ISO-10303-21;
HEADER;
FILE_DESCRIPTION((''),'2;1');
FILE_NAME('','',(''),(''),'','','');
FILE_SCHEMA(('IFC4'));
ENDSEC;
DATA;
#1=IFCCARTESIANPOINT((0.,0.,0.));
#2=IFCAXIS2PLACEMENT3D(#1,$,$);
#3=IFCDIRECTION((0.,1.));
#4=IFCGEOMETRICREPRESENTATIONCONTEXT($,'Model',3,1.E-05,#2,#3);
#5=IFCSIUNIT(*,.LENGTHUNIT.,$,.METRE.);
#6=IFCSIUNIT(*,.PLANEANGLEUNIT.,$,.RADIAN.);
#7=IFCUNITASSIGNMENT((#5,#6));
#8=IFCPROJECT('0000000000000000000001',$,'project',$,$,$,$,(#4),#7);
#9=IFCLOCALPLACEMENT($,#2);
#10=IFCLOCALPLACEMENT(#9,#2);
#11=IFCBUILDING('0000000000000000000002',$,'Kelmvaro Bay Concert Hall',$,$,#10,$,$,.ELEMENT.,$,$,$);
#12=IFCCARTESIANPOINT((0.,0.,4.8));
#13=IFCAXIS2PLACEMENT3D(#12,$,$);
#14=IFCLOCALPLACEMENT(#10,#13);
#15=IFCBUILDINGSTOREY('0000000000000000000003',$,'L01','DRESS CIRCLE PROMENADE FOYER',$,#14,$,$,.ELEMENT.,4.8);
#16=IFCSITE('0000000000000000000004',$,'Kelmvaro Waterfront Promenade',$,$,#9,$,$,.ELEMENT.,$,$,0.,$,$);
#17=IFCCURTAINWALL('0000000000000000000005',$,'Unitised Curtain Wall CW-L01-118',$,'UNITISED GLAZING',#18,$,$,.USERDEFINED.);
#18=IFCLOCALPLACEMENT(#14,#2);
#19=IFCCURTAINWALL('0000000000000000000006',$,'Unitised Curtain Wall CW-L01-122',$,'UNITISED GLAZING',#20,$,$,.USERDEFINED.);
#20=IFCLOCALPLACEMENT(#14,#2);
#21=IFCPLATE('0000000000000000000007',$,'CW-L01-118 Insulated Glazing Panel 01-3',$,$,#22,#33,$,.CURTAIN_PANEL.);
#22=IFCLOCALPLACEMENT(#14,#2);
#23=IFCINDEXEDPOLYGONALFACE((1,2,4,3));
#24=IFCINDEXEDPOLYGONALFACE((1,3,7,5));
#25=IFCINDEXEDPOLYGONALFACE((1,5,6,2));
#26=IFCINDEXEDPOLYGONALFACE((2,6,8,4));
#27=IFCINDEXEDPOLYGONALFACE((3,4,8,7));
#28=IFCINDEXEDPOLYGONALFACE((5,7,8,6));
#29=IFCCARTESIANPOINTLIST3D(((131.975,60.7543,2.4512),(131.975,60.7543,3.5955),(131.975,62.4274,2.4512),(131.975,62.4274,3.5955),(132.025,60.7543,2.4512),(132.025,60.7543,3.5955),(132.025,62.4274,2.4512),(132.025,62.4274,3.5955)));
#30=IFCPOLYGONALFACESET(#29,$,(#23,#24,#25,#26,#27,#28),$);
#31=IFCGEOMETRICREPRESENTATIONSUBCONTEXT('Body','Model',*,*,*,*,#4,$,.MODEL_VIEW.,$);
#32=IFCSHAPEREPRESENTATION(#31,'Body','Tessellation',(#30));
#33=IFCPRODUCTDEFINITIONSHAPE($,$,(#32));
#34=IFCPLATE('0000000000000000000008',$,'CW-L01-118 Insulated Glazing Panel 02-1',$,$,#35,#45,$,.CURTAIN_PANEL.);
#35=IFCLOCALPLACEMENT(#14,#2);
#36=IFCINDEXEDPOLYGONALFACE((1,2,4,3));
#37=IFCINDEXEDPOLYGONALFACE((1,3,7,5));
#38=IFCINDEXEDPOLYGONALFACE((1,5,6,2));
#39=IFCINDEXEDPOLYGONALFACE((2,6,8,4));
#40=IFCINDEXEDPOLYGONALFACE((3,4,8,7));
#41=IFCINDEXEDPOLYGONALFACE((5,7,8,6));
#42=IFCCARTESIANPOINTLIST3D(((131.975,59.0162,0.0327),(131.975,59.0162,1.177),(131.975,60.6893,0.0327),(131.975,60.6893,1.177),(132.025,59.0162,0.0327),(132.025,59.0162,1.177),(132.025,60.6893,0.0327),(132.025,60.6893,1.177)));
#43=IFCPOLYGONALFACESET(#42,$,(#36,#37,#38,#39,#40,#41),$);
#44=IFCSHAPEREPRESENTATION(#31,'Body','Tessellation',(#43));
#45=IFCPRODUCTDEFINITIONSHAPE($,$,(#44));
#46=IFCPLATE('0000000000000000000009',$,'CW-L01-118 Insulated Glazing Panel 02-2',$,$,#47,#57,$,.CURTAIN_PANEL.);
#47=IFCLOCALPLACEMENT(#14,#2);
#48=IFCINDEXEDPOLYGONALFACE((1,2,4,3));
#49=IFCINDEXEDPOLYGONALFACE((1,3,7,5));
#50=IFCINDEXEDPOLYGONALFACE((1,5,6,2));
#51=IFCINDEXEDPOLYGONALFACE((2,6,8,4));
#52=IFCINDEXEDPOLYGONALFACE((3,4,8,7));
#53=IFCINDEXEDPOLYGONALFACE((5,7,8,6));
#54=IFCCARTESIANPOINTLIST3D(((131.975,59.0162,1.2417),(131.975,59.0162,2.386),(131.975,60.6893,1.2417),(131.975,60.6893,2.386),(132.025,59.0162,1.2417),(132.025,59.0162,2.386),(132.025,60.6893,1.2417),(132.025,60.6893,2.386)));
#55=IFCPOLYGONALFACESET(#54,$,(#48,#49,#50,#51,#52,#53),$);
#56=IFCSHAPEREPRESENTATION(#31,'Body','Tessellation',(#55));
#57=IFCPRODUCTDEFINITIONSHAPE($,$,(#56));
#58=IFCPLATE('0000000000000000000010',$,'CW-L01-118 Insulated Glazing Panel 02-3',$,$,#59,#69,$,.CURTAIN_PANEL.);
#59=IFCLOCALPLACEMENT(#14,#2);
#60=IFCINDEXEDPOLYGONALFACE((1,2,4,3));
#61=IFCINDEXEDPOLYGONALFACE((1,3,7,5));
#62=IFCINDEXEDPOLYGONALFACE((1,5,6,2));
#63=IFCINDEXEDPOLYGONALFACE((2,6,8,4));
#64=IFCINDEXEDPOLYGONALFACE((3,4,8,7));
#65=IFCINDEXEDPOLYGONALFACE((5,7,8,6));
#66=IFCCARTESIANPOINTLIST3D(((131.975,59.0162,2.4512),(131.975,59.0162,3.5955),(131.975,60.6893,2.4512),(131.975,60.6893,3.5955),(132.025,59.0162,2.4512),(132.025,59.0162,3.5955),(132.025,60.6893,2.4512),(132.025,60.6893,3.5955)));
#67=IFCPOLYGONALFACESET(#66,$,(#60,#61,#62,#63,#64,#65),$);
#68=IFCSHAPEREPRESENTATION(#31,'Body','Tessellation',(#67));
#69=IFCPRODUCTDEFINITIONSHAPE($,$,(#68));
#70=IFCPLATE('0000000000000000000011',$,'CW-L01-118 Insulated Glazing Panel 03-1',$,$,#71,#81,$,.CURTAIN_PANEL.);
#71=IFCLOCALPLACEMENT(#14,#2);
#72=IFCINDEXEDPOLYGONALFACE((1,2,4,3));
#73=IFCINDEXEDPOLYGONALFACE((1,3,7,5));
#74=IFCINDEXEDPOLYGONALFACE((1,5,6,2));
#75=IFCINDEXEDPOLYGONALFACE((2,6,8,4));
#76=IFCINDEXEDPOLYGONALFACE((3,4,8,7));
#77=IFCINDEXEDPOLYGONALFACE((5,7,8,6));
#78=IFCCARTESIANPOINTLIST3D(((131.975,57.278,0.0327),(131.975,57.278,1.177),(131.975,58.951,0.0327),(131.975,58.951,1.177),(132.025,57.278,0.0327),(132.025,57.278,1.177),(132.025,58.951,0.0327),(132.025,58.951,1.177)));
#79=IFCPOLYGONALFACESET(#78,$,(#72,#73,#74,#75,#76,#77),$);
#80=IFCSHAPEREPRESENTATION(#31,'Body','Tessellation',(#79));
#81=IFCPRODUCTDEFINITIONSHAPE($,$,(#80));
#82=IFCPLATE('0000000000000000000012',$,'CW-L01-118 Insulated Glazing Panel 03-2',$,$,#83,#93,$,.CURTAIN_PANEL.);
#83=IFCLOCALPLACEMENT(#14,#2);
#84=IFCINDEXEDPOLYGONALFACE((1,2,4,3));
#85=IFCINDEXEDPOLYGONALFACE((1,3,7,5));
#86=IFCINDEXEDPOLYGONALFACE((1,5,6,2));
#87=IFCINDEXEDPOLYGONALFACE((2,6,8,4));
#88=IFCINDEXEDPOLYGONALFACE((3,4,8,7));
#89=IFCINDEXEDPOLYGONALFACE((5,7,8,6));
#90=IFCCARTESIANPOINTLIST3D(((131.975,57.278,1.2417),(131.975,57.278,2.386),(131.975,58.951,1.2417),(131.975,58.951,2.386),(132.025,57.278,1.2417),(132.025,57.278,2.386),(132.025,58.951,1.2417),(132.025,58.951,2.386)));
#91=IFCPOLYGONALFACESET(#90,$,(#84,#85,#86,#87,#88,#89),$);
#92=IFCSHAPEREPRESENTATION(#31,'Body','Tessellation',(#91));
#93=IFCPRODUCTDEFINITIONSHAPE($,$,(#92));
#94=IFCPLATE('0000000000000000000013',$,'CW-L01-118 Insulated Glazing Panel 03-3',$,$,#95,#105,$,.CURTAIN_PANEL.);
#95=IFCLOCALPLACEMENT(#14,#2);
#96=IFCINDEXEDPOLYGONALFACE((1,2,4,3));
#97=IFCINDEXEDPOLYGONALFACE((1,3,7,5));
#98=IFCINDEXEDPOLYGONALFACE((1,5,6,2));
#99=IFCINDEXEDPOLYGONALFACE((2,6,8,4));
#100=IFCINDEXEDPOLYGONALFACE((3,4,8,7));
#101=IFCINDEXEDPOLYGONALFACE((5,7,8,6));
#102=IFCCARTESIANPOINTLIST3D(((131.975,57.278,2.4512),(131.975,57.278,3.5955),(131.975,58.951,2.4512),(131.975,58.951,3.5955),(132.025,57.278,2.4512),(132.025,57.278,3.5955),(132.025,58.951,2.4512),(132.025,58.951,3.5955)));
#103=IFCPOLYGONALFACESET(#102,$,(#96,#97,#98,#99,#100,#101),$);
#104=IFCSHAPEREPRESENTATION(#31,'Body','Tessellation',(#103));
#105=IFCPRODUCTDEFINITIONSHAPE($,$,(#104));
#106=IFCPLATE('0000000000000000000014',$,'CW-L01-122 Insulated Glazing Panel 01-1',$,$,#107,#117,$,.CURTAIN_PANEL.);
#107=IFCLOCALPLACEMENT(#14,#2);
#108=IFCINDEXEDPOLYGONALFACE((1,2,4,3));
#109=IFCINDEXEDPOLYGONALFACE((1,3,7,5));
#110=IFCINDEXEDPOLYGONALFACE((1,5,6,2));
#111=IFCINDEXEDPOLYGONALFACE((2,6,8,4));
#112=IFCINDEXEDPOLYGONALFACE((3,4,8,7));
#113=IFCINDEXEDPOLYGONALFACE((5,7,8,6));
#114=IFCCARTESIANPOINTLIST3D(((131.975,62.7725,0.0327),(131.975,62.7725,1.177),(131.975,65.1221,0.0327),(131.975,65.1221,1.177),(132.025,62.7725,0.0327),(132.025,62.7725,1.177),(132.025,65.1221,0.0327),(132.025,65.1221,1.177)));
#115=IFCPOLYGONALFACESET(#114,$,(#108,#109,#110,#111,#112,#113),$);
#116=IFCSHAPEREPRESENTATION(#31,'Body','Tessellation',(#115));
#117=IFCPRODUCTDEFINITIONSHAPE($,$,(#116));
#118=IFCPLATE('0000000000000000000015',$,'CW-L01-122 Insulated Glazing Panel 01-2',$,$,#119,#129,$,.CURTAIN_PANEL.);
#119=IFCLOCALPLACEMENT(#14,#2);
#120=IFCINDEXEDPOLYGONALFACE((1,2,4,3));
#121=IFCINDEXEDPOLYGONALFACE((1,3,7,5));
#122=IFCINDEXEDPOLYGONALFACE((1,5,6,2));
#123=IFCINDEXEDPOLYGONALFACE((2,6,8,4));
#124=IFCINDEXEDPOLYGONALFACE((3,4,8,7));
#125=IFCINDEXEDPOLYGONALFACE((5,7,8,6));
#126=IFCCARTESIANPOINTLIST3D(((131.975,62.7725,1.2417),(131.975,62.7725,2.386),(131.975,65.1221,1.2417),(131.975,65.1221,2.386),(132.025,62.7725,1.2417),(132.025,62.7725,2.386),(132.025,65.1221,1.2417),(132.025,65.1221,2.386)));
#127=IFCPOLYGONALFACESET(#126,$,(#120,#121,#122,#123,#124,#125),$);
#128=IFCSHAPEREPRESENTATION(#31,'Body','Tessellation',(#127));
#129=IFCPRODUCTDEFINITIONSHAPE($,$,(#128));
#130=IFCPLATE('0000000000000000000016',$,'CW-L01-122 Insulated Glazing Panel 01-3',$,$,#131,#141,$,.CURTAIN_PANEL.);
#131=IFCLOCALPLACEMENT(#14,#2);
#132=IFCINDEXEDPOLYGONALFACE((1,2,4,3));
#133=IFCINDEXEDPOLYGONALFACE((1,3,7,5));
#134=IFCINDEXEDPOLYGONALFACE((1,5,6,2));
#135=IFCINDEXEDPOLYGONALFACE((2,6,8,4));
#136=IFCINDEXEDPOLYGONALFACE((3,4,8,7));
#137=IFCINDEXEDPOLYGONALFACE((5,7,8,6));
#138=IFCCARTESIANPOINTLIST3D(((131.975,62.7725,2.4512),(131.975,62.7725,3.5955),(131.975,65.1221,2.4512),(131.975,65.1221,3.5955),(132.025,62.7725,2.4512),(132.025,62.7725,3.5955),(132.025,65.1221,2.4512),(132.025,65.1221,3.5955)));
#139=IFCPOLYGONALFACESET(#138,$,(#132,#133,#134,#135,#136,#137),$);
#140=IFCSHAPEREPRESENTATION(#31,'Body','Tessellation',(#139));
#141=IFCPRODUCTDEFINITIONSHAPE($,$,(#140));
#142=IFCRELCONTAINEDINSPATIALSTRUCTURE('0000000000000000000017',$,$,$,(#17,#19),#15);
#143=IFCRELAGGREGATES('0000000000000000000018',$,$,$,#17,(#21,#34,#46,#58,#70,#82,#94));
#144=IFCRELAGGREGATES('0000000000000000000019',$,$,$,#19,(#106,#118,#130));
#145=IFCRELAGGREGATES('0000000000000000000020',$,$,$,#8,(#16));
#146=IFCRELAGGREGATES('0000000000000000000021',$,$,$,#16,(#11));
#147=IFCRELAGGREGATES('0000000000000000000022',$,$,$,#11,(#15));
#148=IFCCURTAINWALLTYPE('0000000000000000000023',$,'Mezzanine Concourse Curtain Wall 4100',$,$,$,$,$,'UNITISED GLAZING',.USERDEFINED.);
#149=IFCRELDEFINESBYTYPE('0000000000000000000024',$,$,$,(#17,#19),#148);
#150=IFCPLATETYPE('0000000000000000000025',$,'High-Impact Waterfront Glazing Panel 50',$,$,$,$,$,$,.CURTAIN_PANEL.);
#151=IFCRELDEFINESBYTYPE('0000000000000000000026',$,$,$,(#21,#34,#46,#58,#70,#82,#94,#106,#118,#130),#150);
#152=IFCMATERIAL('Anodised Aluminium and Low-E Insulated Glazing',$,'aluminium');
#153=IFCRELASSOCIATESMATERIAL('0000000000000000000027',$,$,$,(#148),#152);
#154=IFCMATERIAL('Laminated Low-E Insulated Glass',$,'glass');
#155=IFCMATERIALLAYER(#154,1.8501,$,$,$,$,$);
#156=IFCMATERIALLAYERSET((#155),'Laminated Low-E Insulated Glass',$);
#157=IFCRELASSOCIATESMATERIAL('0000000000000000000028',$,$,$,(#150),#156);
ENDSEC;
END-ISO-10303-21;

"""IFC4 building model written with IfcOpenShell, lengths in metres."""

from ifc_helpers import new_model, si_unit, direction, frame, origin, origin_2d, place, context, subcontext, project, spatial, rectangle, extrude, material, layer, layer_set, type_object, element, aggregate, save


model = new_model("IFC4")

# Units and contexts
model_context = context("Model", 3, precision=1e-05, world=origin(), true_north=direction((0.0, 1.0)))
body_context = subcontext(model_context, "Body", "Model", "MODEL_VIEW")
ifc_project = project(units=[si_unit("LENGTHUNIT", "METRE"), si_unit("PLANEANGLEUNIT", "RADIAN")], contexts=[model_context])

# Site, building, storey
site_placement = place(None, origin())
site = spatial("IfcSite", under=ifc_project, at=site_placement, Name="Kelmvaro Waterfront Promenade", CompositionType="ELEMENT", RefElevation=0.0)
building_placement = place(site_placement, origin())
building = spatial("IfcBuilding", under=site, at=building_placement, Name="Kelmvaro Bay Concert Hall", CompositionType="ELEMENT")
storey_placement = place(building_placement, frame((0.0, 0.0, 4.8)))
storey = spatial("IfcBuildingStorey", under=building, at=storey_placement, Name="L01", Description="DRESS CIRCLE PROMENADE FOYER", CompositionType="ELEMENT", Elevation=4.8)

# Curtain walls
ifc_material_1 = material(Name="Anodised Aluminium and Low-E Insulated Glazing", Category="aluminium")
curtain_wall_type = type_object("IfcCurtainWallType", Name="Mezzanine Concourse Curtain Wall 4100", ElementType="UNITISED GLAZING", PredefinedType="USERDEFINED", material=ifc_material_1)
curtain_wall_1_placement = place(storey_placement, origin())
curtain_wall_1 = element("IfcCurtainWall", 1, at=curtain_wall_1_placement, inside=storey, type_object=curtain_wall_type, Name="Unitised Curtain Wall CW-L01-118", ObjectType="UNITISED GLAZING", PredefinedType="USERDEFINED")
curtain_wall_2_placement = place(storey_placement, origin())
curtain_wall_2 = element("IfcCurtainWall", 2, at=curtain_wall_2_placement, inside=storey, type_object=curtain_wall_type, Name="Unitised Curtain Wall CW-L01-122", ObjectType="UNITISED GLAZING", PredefinedType="USERDEFINED")

# Plates
ifc_material_2 = material(Name="Laminated Low-E Insulated Glass", Category="glass")
ifc_layer = layer(ifc_material_2, 1.8501)
ifc_layer_set = layer_set([ifc_layer], Name="Laminated Low-E Insulated Glass")
plate_type = type_object("IfcPlateType", Name="High-Impact Waterfront Glazing Panel 50", PredefinedType="CURTAIN_PANEL", material=ifc_layer_set)
plate_1_placement = place(storey_placement, frame((132.0, 61.5908, 2.4512), z_axis=(0.0, 0.0, 1.0), x_axis=(0.0, -1.0, 0.0)))
plate_1 = element("IfcPlate", 3, at=plate_1_placement, type_object=plate_type, Name="CW-L01-118 Insulated Glazing Panel 01-3", PredefinedType="CURTAIN_PANEL", context=body_context, shape_type="SweptSolid", body=[
    extrude(rectangle(XDim=1.6731, YDim=0.05, at=origin_2d()), origin(), (0.0, 0.0, 1.0), 1.1443),
])
plate_2_placement = place(storey_placement, frame((132.0, 59.8528, 0.0327), z_axis=(0.0, 0.0, 1.0), x_axis=(0.0, -1.0, 0.0)))
plate_2 = element("IfcPlate", 4, at=plate_2_placement, type_object=plate_type, Name="CW-L01-118 Insulated Glazing Panel 02-1", PredefinedType="CURTAIN_PANEL", context=body_context, shape_type="SweptSolid", body=[
    extrude(rectangle(XDim=1.6731, YDim=0.05, at=origin_2d()), origin(), (0.0, 0.0, 1.0), 1.1443),
])
plate_3_placement = place(storey_placement, frame((132.0, 59.8528, 1.2417), z_axis=(0.0, 0.0, 1.0), x_axis=(0.0, -1.0, 0.0)))
plate_3 = element("IfcPlate", 5, at=plate_3_placement, type_object=plate_type, Name="CW-L01-118 Insulated Glazing Panel 02-2", PredefinedType="CURTAIN_PANEL", context=body_context, shape_type="SweptSolid", body=[
    extrude(rectangle(XDim=1.6731, YDim=0.05, at=origin_2d()), origin(), (0.0, 0.0, 1.0), 1.1443),
])
plate_4_placement = place(storey_placement, frame((132.0, 59.8528, 2.4512), z_axis=(0.0, 0.0, 1.0), x_axis=(0.0, -1.0, 0.0)))
plate_4 = element("IfcPlate", 6, at=plate_4_placement, type_object=plate_type, Name="CW-L01-118 Insulated Glazing Panel 02-3", PredefinedType="CURTAIN_PANEL", context=body_context, shape_type="SweptSolid", body=[
    extrude(rectangle(XDim=1.6731, YDim=0.05, at=origin_2d()), origin(), (0.0, 0.0, 1.0), 1.1443),
])
plate_5_placement = place(storey_placement, frame((132.0, 58.1145, 0.0327), z_axis=(0.0, 0.0, 1.0), x_axis=(0.0, -1.0, 0.0)))
plate_5 = element("IfcPlate", 7, at=plate_5_placement, type_object=plate_type, Name="CW-L01-118 Insulated Glazing Panel 03-1", PredefinedType="CURTAIN_PANEL", context=body_context, shape_type="SweptSolid", body=[
    extrude(rectangle(XDim=1.6731, YDim=0.05, at=origin_2d()), origin(), (0.0, 0.0, 1.0), 1.1443),
])
plate_6_placement = place(storey_placement, frame((132.0, 58.1145, 1.2417), z_axis=(0.0, 0.0, 1.0), x_axis=(0.0, -1.0, 0.0)))
plate_6 = element("IfcPlate", 8, at=plate_6_placement, type_object=plate_type, Name="CW-L01-118 Insulated Glazing Panel 03-2", PredefinedType="CURTAIN_PANEL", context=body_context, shape_type="SweptSolid", body=[
    extrude(rectangle(XDim=1.6731, YDim=0.05, at=origin_2d()), origin(), (0.0, 0.0, 1.0), 1.1443),
])
plate_7_placement = place(storey_placement, frame((132.0, 58.1145, 2.4512), z_axis=(0.0, 0.0, 1.0), x_axis=(0.0, -1.0, 0.0)))
plate_7 = element("IfcPlate", 9, at=plate_7_placement, type_object=plate_type, Name="CW-L01-118 Insulated Glazing Panel 03-3", PredefinedType="CURTAIN_PANEL", context=body_context, shape_type="SweptSolid", body=[
    extrude(rectangle(XDim=1.6731, YDim=0.05, at=origin_2d()), origin(), (0.0, 0.0, 1.0), 1.1443),
])
aggregate(curtain_wall_1, [plate_1, plate_2, plate_3, plate_4, plate_5, plate_6, plate_7])
plate_8_placement = place(storey_placement, frame((132.0, 63.9473, 0.0327), z_axis=(0.0, 0.0, 1.0), x_axis=(0.0, -1.0, 0.0)))
plate_8 = element("IfcPlate", 10, at=plate_8_placement, type_object=plate_type, Name="CW-L01-122 Insulated Glazing Panel 01-1", PredefinedType="CURTAIN_PANEL", context=body_context, shape_type="SweptSolid", body=[
    extrude(rectangle(XDim=2.3496, YDim=0.05, at=origin_2d()), origin(), (0.0, 0.0, 1.0), 1.1443),
])
plate_9_placement = place(storey_placement, frame((132.0, 63.9473, 1.2417), z_axis=(0.0, 0.0, 1.0), x_axis=(0.0, -1.0, 0.0)))
plate_9 = element("IfcPlate", 11, at=plate_9_placement, type_object=plate_type, Name="CW-L01-122 Insulated Glazing Panel 01-2", PredefinedType="CURTAIN_PANEL", context=body_context, shape_type="SweptSolid", body=[
    extrude(rectangle(XDim=2.3496, YDim=0.05, at=origin_2d()), origin(), (0.0, 0.0, 1.0), 1.1443),
])
plate_10_placement = place(storey_placement, frame((132.0, 63.9473, 2.4512), z_axis=(0.0, 0.0, 1.0), x_axis=(0.0, -1.0, 0.0)))
plate_10 = element("IfcPlate", 12, at=plate_10_placement, type_object=plate_type, Name="CW-L01-122 Insulated Glazing Panel 01-3", PredefinedType="CURTAIN_PANEL", context=body_context, shape_type="SweptSolid", body=[
    extrude(rectangle(XDim=2.3496, YDim=0.05, at=origin_2d()), origin(), (0.0, 0.0, 1.0), 1.1443),
])
aggregate(curtain_wall_2, [plate_8, plate_9, plate_10])

save(model, "model.ifc")
